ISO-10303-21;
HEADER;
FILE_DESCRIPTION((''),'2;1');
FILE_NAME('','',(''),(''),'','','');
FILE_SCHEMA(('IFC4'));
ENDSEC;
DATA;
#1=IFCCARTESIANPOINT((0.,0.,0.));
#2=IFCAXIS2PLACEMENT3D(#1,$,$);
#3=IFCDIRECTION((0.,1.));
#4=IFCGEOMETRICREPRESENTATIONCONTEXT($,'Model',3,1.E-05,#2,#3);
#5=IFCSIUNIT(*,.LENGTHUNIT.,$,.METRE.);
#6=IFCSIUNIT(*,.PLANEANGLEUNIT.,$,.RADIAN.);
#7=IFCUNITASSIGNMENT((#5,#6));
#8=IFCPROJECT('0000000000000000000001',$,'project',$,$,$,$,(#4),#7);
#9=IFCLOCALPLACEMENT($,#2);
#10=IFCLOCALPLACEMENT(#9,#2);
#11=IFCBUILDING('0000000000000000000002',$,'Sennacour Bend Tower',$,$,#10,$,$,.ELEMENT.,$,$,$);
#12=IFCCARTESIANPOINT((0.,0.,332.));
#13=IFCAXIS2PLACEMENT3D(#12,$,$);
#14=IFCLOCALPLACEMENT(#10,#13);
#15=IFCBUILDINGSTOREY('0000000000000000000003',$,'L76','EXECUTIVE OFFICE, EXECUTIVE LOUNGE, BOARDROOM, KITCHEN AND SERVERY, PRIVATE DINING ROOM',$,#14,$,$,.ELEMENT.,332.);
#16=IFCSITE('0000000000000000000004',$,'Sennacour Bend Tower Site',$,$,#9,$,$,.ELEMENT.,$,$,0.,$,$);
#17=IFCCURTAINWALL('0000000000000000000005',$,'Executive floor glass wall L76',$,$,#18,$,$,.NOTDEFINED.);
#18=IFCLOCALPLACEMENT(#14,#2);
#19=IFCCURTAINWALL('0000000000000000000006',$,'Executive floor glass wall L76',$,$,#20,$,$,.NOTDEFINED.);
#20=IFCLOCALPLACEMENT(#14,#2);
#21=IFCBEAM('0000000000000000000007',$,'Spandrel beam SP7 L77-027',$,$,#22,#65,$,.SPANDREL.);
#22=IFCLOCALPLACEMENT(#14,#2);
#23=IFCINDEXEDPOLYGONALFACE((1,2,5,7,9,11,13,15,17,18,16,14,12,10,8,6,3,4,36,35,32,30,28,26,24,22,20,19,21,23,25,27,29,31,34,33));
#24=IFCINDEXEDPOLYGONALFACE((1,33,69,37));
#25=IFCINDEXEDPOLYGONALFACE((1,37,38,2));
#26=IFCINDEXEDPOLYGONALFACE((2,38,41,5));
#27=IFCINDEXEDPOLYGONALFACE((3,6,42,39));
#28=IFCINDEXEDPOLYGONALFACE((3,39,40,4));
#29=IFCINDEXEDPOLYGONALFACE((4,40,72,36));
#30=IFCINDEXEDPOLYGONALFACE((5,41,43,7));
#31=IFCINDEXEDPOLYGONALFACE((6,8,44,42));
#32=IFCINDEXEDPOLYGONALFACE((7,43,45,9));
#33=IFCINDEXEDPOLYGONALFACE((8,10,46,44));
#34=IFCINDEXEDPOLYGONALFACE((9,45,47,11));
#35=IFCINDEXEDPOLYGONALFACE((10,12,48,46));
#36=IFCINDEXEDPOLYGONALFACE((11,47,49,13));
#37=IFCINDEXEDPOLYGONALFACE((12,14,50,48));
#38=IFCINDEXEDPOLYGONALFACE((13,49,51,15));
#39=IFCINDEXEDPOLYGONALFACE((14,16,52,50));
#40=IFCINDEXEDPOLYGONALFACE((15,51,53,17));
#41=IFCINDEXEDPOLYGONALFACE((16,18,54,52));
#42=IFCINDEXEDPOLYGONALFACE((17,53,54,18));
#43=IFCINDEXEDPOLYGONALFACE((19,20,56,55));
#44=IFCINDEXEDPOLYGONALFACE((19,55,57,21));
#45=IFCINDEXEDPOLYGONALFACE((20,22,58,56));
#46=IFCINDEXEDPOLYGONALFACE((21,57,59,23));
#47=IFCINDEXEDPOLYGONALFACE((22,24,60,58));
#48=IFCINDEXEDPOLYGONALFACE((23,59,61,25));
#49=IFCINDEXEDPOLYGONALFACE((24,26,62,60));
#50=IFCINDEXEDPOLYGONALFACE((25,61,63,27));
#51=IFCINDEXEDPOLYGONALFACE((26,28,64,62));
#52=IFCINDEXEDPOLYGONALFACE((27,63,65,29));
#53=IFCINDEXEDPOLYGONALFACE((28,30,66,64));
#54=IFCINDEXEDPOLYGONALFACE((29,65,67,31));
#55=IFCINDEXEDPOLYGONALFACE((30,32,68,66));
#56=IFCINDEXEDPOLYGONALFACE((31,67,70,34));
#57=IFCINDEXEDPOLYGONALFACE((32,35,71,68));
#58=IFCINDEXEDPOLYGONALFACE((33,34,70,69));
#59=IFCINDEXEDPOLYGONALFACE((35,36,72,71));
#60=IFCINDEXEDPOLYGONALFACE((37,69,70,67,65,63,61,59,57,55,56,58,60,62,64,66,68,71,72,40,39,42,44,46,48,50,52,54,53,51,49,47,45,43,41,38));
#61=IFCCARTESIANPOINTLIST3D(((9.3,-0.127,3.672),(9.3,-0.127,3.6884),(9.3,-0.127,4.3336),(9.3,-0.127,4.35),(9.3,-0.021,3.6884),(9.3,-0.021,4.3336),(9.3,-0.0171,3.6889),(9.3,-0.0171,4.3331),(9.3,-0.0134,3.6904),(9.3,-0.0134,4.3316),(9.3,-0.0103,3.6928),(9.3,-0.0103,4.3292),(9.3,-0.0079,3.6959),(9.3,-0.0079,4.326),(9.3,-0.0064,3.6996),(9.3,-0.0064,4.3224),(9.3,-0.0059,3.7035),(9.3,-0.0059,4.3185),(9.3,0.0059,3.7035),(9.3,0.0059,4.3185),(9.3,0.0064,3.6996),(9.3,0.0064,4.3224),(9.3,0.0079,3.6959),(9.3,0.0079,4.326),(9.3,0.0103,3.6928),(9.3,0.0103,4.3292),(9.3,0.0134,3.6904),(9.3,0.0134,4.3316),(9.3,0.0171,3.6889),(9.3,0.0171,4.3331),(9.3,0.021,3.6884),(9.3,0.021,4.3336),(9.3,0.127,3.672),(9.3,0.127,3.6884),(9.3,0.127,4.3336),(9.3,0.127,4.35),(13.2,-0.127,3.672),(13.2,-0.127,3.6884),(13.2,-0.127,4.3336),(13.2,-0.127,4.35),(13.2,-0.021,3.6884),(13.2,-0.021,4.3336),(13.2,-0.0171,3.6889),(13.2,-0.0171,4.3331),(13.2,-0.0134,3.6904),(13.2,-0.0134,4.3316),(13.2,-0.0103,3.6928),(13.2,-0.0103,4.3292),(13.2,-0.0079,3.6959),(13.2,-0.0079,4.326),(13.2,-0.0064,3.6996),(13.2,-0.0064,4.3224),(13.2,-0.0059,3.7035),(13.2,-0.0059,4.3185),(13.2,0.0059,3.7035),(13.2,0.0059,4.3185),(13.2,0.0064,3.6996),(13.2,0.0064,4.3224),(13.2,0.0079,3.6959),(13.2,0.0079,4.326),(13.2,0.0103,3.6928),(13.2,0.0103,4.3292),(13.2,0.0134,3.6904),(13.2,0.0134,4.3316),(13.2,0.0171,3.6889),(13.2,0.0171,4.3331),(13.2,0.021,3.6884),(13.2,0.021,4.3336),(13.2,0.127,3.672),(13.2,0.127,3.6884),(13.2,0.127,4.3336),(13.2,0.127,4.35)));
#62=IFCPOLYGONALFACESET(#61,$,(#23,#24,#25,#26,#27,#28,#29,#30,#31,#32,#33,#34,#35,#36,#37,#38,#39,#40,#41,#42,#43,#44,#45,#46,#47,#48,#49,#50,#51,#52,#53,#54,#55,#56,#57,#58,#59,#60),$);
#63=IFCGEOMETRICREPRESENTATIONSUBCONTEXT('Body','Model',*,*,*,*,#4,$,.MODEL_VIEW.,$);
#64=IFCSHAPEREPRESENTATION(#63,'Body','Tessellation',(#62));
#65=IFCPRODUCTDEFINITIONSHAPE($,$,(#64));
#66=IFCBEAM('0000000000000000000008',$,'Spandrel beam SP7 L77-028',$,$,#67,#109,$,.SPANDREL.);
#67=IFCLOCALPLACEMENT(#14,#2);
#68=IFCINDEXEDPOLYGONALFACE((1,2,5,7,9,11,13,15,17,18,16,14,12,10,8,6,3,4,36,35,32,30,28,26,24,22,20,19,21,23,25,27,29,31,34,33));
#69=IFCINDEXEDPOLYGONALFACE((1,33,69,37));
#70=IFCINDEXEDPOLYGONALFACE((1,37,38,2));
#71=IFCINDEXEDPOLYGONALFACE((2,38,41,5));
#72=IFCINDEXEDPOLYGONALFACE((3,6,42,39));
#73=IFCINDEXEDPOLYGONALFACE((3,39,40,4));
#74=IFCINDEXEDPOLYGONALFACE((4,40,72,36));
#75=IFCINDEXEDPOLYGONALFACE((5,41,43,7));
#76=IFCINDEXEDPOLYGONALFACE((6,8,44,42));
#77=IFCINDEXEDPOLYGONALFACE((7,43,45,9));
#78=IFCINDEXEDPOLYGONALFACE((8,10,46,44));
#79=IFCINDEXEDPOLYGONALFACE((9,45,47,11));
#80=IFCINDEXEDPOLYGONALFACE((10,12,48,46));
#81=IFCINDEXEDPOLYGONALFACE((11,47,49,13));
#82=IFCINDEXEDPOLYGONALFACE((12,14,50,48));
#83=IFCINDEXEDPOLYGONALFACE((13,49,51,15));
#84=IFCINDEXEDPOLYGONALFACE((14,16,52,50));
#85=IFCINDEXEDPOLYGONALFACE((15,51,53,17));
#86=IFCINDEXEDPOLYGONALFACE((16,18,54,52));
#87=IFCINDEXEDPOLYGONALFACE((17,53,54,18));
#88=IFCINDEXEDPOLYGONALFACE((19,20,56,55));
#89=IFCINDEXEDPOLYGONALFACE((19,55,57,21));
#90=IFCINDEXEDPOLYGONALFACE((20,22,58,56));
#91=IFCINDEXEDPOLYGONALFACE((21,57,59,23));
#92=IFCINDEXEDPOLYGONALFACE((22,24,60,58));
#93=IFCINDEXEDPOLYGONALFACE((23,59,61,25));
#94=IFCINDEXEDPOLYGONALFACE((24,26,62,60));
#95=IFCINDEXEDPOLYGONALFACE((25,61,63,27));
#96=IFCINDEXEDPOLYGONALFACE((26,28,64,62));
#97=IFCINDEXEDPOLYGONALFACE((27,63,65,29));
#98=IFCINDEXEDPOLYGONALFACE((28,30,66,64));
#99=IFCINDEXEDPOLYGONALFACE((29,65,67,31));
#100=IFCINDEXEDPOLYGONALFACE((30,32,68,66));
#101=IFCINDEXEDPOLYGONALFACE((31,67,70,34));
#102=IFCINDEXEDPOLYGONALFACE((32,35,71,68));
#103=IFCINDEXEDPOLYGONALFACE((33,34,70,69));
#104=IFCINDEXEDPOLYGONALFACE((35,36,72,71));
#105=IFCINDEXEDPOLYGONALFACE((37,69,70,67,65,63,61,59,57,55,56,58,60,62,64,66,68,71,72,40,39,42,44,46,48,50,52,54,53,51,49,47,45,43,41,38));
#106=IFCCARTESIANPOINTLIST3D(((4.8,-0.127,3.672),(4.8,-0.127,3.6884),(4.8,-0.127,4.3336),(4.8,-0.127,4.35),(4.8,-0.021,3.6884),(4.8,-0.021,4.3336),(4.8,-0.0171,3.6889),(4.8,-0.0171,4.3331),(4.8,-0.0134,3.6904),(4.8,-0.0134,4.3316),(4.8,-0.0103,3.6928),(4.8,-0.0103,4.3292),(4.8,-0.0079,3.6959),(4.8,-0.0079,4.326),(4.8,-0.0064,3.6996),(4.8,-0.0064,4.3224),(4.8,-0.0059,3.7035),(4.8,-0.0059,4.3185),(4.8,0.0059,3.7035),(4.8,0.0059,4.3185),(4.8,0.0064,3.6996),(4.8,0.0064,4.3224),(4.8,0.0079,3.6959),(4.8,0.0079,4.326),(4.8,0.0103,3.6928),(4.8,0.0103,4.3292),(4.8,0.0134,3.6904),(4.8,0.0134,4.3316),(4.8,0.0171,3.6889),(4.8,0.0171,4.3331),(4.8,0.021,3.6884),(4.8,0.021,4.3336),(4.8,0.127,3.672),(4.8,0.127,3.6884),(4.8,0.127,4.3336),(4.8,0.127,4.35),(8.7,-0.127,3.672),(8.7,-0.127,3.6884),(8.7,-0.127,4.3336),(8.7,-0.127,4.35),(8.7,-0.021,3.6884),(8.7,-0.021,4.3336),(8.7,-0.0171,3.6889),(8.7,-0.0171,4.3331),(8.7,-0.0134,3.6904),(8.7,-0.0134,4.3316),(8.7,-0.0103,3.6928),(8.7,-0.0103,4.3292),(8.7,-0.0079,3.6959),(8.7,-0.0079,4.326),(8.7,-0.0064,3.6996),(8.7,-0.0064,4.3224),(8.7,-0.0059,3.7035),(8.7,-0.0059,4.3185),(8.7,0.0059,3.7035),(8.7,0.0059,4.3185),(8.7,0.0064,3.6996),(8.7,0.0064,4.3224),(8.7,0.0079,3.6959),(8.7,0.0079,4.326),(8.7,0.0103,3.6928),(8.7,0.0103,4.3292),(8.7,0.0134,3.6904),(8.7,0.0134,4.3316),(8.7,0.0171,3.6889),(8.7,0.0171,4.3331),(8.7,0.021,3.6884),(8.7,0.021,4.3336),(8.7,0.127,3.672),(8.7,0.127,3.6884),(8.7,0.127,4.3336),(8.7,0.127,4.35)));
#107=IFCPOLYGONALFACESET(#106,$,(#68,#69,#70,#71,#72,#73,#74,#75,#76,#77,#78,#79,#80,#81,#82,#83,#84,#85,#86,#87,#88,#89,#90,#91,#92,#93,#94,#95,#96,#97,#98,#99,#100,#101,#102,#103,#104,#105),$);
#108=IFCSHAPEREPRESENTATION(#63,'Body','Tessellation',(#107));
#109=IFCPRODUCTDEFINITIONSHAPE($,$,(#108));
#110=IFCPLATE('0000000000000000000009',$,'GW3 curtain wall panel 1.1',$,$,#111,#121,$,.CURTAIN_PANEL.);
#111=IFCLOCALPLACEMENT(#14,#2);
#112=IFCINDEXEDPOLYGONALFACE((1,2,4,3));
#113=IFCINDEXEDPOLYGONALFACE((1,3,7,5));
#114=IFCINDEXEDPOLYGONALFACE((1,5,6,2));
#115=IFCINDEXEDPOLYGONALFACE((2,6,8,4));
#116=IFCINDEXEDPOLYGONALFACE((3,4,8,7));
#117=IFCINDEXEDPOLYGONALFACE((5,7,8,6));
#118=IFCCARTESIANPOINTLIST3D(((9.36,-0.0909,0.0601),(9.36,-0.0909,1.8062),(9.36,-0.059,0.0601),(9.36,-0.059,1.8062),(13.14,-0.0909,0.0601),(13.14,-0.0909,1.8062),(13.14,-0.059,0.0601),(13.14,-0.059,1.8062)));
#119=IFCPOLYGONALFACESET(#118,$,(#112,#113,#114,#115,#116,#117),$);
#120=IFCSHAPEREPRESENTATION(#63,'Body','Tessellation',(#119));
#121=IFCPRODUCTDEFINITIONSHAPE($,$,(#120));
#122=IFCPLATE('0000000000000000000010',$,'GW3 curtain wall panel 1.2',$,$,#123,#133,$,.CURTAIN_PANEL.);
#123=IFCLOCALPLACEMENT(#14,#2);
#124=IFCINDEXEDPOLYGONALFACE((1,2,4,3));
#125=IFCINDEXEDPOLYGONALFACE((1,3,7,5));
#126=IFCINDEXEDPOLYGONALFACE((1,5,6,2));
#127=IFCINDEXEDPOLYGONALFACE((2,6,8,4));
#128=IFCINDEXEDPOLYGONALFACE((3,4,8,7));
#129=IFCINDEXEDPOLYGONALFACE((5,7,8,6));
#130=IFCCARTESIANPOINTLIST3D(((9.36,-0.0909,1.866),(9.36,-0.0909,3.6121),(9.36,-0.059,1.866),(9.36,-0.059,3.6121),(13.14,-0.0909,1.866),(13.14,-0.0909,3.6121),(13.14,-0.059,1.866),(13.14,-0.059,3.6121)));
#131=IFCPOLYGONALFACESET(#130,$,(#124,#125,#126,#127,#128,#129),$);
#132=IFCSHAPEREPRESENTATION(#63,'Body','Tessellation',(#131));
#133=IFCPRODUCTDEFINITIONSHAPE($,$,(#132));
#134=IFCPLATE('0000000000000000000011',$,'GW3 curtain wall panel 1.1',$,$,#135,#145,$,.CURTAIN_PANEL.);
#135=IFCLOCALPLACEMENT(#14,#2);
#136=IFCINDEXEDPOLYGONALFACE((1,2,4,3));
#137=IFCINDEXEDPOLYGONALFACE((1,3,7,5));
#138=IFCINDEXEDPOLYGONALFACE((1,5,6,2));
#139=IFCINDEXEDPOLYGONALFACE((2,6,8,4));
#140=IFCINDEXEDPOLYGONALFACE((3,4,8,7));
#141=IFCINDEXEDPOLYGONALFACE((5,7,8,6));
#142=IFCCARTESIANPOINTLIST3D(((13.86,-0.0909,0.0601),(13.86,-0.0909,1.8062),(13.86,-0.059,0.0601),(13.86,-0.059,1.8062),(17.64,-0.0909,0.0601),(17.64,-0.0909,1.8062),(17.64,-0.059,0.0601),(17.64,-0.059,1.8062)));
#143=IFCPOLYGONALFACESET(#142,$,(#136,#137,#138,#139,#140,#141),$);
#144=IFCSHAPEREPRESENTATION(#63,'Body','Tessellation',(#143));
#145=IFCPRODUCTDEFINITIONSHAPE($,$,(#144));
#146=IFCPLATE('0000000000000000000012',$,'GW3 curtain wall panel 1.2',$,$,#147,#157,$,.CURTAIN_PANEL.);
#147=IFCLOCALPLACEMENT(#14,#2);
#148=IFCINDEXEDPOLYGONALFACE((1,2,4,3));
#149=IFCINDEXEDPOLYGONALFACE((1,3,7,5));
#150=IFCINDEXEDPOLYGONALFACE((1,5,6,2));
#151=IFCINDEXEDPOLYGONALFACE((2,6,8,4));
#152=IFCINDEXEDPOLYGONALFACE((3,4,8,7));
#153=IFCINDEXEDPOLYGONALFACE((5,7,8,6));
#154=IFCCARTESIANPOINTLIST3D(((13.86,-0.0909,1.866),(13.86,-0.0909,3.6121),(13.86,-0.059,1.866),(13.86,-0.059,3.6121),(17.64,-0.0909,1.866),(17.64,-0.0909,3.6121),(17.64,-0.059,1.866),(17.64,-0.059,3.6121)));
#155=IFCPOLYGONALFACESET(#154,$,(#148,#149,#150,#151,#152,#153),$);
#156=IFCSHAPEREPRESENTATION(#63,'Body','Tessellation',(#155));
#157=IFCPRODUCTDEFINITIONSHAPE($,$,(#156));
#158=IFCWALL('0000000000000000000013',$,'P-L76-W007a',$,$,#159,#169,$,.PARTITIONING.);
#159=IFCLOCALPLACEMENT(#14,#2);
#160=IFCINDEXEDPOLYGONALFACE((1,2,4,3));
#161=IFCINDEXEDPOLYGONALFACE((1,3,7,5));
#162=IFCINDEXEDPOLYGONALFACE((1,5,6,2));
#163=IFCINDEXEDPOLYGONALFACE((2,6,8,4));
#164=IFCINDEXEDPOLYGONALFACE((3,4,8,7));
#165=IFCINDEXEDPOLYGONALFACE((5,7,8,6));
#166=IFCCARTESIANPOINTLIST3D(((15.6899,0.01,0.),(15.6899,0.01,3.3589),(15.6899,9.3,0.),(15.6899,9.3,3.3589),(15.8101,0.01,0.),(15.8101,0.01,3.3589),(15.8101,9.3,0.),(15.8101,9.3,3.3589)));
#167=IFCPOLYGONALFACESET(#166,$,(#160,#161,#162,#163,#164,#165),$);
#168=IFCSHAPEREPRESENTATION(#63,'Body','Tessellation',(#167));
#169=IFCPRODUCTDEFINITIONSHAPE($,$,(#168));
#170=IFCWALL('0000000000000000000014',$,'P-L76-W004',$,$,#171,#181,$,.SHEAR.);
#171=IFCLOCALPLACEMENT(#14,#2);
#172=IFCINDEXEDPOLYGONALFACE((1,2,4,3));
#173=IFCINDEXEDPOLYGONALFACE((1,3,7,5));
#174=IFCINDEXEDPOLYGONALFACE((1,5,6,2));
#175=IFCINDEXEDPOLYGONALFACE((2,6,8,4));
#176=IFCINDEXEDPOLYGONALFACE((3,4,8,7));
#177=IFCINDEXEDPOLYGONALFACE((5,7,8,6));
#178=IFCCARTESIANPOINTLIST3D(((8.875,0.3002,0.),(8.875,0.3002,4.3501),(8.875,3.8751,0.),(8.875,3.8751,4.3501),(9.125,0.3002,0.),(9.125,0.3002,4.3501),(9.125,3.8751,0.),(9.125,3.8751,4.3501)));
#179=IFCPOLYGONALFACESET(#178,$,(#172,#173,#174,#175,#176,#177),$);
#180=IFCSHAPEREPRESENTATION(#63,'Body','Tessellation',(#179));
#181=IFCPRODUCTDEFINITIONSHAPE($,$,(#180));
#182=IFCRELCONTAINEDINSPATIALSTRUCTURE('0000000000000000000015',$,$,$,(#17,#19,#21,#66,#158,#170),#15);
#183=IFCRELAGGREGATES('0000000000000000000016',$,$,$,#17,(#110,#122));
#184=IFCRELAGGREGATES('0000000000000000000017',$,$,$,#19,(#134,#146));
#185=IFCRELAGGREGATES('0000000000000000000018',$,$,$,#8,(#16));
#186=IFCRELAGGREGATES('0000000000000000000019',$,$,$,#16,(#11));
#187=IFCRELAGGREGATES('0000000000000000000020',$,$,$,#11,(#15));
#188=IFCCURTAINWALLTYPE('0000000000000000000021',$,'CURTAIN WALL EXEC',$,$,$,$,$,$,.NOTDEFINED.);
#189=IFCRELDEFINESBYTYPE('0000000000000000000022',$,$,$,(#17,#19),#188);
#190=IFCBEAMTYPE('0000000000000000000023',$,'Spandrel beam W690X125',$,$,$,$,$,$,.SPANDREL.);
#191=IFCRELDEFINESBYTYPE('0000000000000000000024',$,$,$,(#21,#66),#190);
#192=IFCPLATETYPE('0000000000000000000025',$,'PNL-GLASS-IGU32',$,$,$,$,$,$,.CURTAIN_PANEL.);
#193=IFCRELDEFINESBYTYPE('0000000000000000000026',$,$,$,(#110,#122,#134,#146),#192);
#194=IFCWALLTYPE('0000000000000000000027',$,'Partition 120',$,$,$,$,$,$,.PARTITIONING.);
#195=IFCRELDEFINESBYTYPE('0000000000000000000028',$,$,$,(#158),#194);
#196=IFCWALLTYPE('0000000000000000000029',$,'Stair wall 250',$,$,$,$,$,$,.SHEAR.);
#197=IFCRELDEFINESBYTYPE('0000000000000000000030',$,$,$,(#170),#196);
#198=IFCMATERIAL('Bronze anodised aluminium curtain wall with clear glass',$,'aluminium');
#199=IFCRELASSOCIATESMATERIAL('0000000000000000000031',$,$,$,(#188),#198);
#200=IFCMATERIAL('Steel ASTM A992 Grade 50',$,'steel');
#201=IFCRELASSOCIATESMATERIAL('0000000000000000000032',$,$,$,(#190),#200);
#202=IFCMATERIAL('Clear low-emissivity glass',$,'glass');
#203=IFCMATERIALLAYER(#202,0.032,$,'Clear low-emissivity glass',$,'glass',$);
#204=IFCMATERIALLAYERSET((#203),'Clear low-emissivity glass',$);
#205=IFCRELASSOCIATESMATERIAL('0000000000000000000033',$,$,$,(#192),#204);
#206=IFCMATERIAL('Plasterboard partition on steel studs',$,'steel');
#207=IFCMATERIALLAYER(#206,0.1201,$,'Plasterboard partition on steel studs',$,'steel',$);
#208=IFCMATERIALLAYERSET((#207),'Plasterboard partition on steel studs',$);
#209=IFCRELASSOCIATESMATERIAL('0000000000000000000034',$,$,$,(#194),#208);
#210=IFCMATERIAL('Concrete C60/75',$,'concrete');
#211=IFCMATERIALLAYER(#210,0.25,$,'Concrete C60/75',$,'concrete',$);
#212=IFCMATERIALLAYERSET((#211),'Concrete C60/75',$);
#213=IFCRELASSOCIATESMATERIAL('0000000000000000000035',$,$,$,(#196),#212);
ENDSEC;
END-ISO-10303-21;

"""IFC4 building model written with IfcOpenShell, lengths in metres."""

from ifc_helpers import new_model, si_unit, direction, frame, frame_2d, origin, origin_2d, place, context, subcontext, project, spatial, rectangle, i_section, extrude, material, layer, layer_set, material_profile, profile_set, type_object, element, aggregate, save


model = new_model("IFC4")

# Units and contexts
model_context = context("Model", 3, precision=1e-05, world=origin(), true_north=direction((0.0, 1.0)))
body_context = subcontext(model_context, "Body", "Model", "MODEL_VIEW")
ifc_project = project(units=[si_unit("LENGTHUNIT", "METRE"), si_unit("PLANEANGLEUNIT", "RADIAN")], contexts=[model_context])

# Site, building, storey
site_placement = place(None, origin())
site = spatial("IfcSite", under=ifc_project, at=site_placement, Name="Sennacour Bend Tower Site", CompositionType="ELEMENT", RefElevation=0.0)
building_placement = place(site_placement, origin())
building = spatial("IfcBuilding", under=site, at=building_placement, Name="Sennacour Bend Tower", CompositionType="ELEMENT")
storey_placement = place(building_placement, frame((0.0, 0.0, 332.0)))
storey = spatial("IfcBuildingStorey", under=building, at=storey_placement, Name="L76", Description="EXECUTIVE OFFICE, EXECUTIVE LOUNGE, BOARDROOM, KITCHEN AND SERVERY, PRIVATE DINING ROOM", CompositionType="ELEMENT", Elevation=332.0)

# Shared definitions
ifc_material_1 = material(Name="Bronze anodised aluminium curtain wall with clear glass", Category="aluminium")
curtain_wall_type = type_object("IfcCurtainWallType", Name="CURTAIN WALL EXEC", PredefinedType="NOTDEFINED", material=ifc_material_1)

# Curtain walls
curtain_wall_1_placement = place(storey_placement, origin())
curtain_wall_1 = element("IfcCurtainWall", 1, at=curtain_wall_1_placement, inside=storey, type_object=curtain_wall_type, Name="Executive floor glass wall L76", PredefinedType="NOTDEFINED")
curtain_wall_2_placement = place(storey_placement, origin())
curtain_wall_2 = element("IfcCurtainWall", 2, at=curtain_wall_2_placement, inside=storey, type_object=curtain_wall_type, Name="Executive floor glass wall L76", PredefinedType="NOTDEFINED")

# Beams
ifc_material_2 = material(Name="Steel ASTM A992 Grade 50", Category="steel")
ifc_material_profile_1 = material_profile(ifc_material_2, i_section(OverallWidth=0.2539, OverallDepth=0.678, WebThickness=0.0117, FlangeThickness=0.0164, FilletRadius=0.0151, at=origin_2d()), Name="Steel ASTM A992 Grade 50", Category="steel")
ifc_profile_set_1 = profile_set([ifc_material_profile_1], Name="Steel ASTM A992 Grade 50")
beam_type_1 = type_object("IfcBeamType", Name="Spandrel beam W690X125", PredefinedType="SPANDREL", material=ifc_profile_set_1)
for number, where, z_axis, x_axis, name in (
    (3, (13.2, 0.0, 4.011), (-1.0, 0.0, 0.0), (0.0, -1.0, 0.0), "Spandrel beam SP7 L77-027"),
    (4, (8.7, 0.0, 4.011), (-1.0, 0.0, 0.0), (0.0, -1.0, 0.0), "Spandrel beam SP7 L77-028"),
):
    element("IfcBeam", number, at=place(storey_placement, frame(where, z_axis=z_axis, x_axis=x_axis)), inside=storey, type_object=beam_type_1, Name=name, PredefinedType="SPANDREL", context=body_context, shape_type="SweptSolid", body=[
        extrude(i_section(OverallWidth=0.2539, OverallDepth=0.678, WebThickness=0.0117, FlangeThickness=0.0164, FilletRadius=0.0151, at=origin_2d()), origin(), (0.0, 0.0, 1.0), 3.8999),
    ])

# Plates
ifc_material_3 = material(Name="Clear low-emissivity glass", Category="glass")
ifc_layer_1 = layer(ifc_material_3, 0.032, Name="Clear low-emissivity glass", Category="glass")
ifc_layer_set_1 = layer_set([ifc_layer_1], Name="Clear low-emissivity glass")
plate_type = type_object("IfcPlateType", Name="PNL-GLASS-IGU32", PredefinedType="CURTAIN_PANEL", material=ifc_layer_set_1)
plate_1_placement = place(storey_placement, frame((11.25, -0.075, 0.0601), z_axis=(0.0, 0.0, 1.0), x_axis=(1.0, 0.0, 0.0)))
plate_1 = element("IfcPlate", 5, at=plate_1_placement, type_object=plate_type, Name="GW3 curtain wall panel 1.1", PredefinedType="CURTAIN_PANEL", context=body_context, shape_type="SweptSolid", body=[
    extrude(rectangle(XDim=3.78, YDim=0.032, at=origin_2d()), origin(), (0.0, 0.0, 1.0), 1.7461),
])
plate_2_placement = place(storey_placement, frame((11.25, -0.075, 1.866), z_axis=(0.0, 0.0, 1.0), x_axis=(1.0, 0.0, 0.0)))
plate_2 = element("IfcPlate", 6, at=plate_2_placement, type_object=plate_type, Name="GW3 curtain wall panel 1.2", PredefinedType="CURTAIN_PANEL", context=body_context, shape_type="SweptSolid", body=[
    extrude(rectangle(XDim=3.78, YDim=0.032, at=origin_2d()), origin(), (0.0, 0.0, 1.0), 1.7461),
])
aggregate(curtain_wall_1, [plate_1, plate_2])
plate_3_placement = place(storey_placement, frame((15.75, -0.075, 0.0601), z_axis=(0.0, 0.0, 1.0), x_axis=(1.0, 0.0, 0.0)))
plate_3 = element("IfcPlate", 7, at=plate_3_placement, type_object=plate_type, Name="GW3 curtain wall panel 1.1", PredefinedType="CURTAIN_PANEL", context=body_context, shape_type="SweptSolid", body=[
    extrude(rectangle(XDim=3.78, YDim=0.032, at=origin_2d()), origin(), (0.0, 0.0, 1.0), 1.7461),
])
plate_4_placement = place(storey_placement, frame((15.75, -0.075, 1.866), z_axis=(0.0, 0.0, 1.0), x_axis=(1.0, 0.0, 0.0)))
plate_4 = element("IfcPlate", 8, at=plate_4_placement, type_object=plate_type, Name="GW3 curtain wall panel 1.2", PredefinedType="CURTAIN_PANEL", context=body_context, shape_type="SweptSolid", body=[
    extrude(rectangle(XDim=3.78, YDim=0.032, at=origin_2d()), origin(), (0.0, 0.0, 1.0), 1.7461),
])
aggregate(curtain_wall_2, [plate_3, plate_4])

# Walls
ifc_material_4 = material(Name="Plasterboard partition on steel studs", Category="steel")
ifc_layer_2 = layer(ifc_material_4, 0.1201, Name="Plasterboard partition on steel studs", Category="steel")
ifc_layer_set_2 = layer_set([ifc_layer_2], Name="Plasterboard partition on steel studs")
wall_type_1 = type_object("IfcWallType", Name="Partition 120", PredefinedType="PARTITIONING", material=ifc_layer_set_2)
wall_1_placement = place(storey_placement, frame((15.75, 0.01, 0.0), z_axis=(0.0, 0.0, 1.0), x_axis=(0.0, 1.0, 0.0)))
element("IfcWall", 9, at=wall_1_placement, inside=storey, type_object=wall_type_1, Name="P-L76-W007a", PredefinedType="PARTITIONING", context=body_context, shape_type="SweptSolid", body=[
    extrude(rectangle(XDim=9.29, YDim=0.1201, at=frame_2d((4.645, 0.0))), origin(), (0.0, 0.0, 1.0), 3.3589),
])
ifc_material_5 = material(Name="Concrete C60/75", Category="concrete")
ifc_layer_3 = layer(ifc_material_5, 0.25, Name="Concrete C60/75", Category="concrete")
ifc_layer_set_3 = layer_set([ifc_layer_3], Name="Concrete C60/75")
wall_type_2 = type_object("IfcWallType", Name="Stair wall 250", PredefinedType="SHEAR", material=ifc_layer_set_3)
wall_2_placement = place(storey_placement, frame((9.0, 0.3, 0.0), z_axis=(0.0, 0.0, 1.0), x_axis=(0.0, 1.0, 0.0)))
element("IfcWall", 10, at=wall_2_placement, inside=storey, type_object=wall_type_2, Name="P-L76-W004", PredefinedType="SHEAR", context=body_context, shape_type="SweptSolid", body=[
    extrude(rectangle(XDim=3.575, YDim=0.25, at=frame_2d((1.7876, 0.0))), origin(), (0.0, 0.0, 1.0), 4.3501),
])

save(model, "model.ifc")
